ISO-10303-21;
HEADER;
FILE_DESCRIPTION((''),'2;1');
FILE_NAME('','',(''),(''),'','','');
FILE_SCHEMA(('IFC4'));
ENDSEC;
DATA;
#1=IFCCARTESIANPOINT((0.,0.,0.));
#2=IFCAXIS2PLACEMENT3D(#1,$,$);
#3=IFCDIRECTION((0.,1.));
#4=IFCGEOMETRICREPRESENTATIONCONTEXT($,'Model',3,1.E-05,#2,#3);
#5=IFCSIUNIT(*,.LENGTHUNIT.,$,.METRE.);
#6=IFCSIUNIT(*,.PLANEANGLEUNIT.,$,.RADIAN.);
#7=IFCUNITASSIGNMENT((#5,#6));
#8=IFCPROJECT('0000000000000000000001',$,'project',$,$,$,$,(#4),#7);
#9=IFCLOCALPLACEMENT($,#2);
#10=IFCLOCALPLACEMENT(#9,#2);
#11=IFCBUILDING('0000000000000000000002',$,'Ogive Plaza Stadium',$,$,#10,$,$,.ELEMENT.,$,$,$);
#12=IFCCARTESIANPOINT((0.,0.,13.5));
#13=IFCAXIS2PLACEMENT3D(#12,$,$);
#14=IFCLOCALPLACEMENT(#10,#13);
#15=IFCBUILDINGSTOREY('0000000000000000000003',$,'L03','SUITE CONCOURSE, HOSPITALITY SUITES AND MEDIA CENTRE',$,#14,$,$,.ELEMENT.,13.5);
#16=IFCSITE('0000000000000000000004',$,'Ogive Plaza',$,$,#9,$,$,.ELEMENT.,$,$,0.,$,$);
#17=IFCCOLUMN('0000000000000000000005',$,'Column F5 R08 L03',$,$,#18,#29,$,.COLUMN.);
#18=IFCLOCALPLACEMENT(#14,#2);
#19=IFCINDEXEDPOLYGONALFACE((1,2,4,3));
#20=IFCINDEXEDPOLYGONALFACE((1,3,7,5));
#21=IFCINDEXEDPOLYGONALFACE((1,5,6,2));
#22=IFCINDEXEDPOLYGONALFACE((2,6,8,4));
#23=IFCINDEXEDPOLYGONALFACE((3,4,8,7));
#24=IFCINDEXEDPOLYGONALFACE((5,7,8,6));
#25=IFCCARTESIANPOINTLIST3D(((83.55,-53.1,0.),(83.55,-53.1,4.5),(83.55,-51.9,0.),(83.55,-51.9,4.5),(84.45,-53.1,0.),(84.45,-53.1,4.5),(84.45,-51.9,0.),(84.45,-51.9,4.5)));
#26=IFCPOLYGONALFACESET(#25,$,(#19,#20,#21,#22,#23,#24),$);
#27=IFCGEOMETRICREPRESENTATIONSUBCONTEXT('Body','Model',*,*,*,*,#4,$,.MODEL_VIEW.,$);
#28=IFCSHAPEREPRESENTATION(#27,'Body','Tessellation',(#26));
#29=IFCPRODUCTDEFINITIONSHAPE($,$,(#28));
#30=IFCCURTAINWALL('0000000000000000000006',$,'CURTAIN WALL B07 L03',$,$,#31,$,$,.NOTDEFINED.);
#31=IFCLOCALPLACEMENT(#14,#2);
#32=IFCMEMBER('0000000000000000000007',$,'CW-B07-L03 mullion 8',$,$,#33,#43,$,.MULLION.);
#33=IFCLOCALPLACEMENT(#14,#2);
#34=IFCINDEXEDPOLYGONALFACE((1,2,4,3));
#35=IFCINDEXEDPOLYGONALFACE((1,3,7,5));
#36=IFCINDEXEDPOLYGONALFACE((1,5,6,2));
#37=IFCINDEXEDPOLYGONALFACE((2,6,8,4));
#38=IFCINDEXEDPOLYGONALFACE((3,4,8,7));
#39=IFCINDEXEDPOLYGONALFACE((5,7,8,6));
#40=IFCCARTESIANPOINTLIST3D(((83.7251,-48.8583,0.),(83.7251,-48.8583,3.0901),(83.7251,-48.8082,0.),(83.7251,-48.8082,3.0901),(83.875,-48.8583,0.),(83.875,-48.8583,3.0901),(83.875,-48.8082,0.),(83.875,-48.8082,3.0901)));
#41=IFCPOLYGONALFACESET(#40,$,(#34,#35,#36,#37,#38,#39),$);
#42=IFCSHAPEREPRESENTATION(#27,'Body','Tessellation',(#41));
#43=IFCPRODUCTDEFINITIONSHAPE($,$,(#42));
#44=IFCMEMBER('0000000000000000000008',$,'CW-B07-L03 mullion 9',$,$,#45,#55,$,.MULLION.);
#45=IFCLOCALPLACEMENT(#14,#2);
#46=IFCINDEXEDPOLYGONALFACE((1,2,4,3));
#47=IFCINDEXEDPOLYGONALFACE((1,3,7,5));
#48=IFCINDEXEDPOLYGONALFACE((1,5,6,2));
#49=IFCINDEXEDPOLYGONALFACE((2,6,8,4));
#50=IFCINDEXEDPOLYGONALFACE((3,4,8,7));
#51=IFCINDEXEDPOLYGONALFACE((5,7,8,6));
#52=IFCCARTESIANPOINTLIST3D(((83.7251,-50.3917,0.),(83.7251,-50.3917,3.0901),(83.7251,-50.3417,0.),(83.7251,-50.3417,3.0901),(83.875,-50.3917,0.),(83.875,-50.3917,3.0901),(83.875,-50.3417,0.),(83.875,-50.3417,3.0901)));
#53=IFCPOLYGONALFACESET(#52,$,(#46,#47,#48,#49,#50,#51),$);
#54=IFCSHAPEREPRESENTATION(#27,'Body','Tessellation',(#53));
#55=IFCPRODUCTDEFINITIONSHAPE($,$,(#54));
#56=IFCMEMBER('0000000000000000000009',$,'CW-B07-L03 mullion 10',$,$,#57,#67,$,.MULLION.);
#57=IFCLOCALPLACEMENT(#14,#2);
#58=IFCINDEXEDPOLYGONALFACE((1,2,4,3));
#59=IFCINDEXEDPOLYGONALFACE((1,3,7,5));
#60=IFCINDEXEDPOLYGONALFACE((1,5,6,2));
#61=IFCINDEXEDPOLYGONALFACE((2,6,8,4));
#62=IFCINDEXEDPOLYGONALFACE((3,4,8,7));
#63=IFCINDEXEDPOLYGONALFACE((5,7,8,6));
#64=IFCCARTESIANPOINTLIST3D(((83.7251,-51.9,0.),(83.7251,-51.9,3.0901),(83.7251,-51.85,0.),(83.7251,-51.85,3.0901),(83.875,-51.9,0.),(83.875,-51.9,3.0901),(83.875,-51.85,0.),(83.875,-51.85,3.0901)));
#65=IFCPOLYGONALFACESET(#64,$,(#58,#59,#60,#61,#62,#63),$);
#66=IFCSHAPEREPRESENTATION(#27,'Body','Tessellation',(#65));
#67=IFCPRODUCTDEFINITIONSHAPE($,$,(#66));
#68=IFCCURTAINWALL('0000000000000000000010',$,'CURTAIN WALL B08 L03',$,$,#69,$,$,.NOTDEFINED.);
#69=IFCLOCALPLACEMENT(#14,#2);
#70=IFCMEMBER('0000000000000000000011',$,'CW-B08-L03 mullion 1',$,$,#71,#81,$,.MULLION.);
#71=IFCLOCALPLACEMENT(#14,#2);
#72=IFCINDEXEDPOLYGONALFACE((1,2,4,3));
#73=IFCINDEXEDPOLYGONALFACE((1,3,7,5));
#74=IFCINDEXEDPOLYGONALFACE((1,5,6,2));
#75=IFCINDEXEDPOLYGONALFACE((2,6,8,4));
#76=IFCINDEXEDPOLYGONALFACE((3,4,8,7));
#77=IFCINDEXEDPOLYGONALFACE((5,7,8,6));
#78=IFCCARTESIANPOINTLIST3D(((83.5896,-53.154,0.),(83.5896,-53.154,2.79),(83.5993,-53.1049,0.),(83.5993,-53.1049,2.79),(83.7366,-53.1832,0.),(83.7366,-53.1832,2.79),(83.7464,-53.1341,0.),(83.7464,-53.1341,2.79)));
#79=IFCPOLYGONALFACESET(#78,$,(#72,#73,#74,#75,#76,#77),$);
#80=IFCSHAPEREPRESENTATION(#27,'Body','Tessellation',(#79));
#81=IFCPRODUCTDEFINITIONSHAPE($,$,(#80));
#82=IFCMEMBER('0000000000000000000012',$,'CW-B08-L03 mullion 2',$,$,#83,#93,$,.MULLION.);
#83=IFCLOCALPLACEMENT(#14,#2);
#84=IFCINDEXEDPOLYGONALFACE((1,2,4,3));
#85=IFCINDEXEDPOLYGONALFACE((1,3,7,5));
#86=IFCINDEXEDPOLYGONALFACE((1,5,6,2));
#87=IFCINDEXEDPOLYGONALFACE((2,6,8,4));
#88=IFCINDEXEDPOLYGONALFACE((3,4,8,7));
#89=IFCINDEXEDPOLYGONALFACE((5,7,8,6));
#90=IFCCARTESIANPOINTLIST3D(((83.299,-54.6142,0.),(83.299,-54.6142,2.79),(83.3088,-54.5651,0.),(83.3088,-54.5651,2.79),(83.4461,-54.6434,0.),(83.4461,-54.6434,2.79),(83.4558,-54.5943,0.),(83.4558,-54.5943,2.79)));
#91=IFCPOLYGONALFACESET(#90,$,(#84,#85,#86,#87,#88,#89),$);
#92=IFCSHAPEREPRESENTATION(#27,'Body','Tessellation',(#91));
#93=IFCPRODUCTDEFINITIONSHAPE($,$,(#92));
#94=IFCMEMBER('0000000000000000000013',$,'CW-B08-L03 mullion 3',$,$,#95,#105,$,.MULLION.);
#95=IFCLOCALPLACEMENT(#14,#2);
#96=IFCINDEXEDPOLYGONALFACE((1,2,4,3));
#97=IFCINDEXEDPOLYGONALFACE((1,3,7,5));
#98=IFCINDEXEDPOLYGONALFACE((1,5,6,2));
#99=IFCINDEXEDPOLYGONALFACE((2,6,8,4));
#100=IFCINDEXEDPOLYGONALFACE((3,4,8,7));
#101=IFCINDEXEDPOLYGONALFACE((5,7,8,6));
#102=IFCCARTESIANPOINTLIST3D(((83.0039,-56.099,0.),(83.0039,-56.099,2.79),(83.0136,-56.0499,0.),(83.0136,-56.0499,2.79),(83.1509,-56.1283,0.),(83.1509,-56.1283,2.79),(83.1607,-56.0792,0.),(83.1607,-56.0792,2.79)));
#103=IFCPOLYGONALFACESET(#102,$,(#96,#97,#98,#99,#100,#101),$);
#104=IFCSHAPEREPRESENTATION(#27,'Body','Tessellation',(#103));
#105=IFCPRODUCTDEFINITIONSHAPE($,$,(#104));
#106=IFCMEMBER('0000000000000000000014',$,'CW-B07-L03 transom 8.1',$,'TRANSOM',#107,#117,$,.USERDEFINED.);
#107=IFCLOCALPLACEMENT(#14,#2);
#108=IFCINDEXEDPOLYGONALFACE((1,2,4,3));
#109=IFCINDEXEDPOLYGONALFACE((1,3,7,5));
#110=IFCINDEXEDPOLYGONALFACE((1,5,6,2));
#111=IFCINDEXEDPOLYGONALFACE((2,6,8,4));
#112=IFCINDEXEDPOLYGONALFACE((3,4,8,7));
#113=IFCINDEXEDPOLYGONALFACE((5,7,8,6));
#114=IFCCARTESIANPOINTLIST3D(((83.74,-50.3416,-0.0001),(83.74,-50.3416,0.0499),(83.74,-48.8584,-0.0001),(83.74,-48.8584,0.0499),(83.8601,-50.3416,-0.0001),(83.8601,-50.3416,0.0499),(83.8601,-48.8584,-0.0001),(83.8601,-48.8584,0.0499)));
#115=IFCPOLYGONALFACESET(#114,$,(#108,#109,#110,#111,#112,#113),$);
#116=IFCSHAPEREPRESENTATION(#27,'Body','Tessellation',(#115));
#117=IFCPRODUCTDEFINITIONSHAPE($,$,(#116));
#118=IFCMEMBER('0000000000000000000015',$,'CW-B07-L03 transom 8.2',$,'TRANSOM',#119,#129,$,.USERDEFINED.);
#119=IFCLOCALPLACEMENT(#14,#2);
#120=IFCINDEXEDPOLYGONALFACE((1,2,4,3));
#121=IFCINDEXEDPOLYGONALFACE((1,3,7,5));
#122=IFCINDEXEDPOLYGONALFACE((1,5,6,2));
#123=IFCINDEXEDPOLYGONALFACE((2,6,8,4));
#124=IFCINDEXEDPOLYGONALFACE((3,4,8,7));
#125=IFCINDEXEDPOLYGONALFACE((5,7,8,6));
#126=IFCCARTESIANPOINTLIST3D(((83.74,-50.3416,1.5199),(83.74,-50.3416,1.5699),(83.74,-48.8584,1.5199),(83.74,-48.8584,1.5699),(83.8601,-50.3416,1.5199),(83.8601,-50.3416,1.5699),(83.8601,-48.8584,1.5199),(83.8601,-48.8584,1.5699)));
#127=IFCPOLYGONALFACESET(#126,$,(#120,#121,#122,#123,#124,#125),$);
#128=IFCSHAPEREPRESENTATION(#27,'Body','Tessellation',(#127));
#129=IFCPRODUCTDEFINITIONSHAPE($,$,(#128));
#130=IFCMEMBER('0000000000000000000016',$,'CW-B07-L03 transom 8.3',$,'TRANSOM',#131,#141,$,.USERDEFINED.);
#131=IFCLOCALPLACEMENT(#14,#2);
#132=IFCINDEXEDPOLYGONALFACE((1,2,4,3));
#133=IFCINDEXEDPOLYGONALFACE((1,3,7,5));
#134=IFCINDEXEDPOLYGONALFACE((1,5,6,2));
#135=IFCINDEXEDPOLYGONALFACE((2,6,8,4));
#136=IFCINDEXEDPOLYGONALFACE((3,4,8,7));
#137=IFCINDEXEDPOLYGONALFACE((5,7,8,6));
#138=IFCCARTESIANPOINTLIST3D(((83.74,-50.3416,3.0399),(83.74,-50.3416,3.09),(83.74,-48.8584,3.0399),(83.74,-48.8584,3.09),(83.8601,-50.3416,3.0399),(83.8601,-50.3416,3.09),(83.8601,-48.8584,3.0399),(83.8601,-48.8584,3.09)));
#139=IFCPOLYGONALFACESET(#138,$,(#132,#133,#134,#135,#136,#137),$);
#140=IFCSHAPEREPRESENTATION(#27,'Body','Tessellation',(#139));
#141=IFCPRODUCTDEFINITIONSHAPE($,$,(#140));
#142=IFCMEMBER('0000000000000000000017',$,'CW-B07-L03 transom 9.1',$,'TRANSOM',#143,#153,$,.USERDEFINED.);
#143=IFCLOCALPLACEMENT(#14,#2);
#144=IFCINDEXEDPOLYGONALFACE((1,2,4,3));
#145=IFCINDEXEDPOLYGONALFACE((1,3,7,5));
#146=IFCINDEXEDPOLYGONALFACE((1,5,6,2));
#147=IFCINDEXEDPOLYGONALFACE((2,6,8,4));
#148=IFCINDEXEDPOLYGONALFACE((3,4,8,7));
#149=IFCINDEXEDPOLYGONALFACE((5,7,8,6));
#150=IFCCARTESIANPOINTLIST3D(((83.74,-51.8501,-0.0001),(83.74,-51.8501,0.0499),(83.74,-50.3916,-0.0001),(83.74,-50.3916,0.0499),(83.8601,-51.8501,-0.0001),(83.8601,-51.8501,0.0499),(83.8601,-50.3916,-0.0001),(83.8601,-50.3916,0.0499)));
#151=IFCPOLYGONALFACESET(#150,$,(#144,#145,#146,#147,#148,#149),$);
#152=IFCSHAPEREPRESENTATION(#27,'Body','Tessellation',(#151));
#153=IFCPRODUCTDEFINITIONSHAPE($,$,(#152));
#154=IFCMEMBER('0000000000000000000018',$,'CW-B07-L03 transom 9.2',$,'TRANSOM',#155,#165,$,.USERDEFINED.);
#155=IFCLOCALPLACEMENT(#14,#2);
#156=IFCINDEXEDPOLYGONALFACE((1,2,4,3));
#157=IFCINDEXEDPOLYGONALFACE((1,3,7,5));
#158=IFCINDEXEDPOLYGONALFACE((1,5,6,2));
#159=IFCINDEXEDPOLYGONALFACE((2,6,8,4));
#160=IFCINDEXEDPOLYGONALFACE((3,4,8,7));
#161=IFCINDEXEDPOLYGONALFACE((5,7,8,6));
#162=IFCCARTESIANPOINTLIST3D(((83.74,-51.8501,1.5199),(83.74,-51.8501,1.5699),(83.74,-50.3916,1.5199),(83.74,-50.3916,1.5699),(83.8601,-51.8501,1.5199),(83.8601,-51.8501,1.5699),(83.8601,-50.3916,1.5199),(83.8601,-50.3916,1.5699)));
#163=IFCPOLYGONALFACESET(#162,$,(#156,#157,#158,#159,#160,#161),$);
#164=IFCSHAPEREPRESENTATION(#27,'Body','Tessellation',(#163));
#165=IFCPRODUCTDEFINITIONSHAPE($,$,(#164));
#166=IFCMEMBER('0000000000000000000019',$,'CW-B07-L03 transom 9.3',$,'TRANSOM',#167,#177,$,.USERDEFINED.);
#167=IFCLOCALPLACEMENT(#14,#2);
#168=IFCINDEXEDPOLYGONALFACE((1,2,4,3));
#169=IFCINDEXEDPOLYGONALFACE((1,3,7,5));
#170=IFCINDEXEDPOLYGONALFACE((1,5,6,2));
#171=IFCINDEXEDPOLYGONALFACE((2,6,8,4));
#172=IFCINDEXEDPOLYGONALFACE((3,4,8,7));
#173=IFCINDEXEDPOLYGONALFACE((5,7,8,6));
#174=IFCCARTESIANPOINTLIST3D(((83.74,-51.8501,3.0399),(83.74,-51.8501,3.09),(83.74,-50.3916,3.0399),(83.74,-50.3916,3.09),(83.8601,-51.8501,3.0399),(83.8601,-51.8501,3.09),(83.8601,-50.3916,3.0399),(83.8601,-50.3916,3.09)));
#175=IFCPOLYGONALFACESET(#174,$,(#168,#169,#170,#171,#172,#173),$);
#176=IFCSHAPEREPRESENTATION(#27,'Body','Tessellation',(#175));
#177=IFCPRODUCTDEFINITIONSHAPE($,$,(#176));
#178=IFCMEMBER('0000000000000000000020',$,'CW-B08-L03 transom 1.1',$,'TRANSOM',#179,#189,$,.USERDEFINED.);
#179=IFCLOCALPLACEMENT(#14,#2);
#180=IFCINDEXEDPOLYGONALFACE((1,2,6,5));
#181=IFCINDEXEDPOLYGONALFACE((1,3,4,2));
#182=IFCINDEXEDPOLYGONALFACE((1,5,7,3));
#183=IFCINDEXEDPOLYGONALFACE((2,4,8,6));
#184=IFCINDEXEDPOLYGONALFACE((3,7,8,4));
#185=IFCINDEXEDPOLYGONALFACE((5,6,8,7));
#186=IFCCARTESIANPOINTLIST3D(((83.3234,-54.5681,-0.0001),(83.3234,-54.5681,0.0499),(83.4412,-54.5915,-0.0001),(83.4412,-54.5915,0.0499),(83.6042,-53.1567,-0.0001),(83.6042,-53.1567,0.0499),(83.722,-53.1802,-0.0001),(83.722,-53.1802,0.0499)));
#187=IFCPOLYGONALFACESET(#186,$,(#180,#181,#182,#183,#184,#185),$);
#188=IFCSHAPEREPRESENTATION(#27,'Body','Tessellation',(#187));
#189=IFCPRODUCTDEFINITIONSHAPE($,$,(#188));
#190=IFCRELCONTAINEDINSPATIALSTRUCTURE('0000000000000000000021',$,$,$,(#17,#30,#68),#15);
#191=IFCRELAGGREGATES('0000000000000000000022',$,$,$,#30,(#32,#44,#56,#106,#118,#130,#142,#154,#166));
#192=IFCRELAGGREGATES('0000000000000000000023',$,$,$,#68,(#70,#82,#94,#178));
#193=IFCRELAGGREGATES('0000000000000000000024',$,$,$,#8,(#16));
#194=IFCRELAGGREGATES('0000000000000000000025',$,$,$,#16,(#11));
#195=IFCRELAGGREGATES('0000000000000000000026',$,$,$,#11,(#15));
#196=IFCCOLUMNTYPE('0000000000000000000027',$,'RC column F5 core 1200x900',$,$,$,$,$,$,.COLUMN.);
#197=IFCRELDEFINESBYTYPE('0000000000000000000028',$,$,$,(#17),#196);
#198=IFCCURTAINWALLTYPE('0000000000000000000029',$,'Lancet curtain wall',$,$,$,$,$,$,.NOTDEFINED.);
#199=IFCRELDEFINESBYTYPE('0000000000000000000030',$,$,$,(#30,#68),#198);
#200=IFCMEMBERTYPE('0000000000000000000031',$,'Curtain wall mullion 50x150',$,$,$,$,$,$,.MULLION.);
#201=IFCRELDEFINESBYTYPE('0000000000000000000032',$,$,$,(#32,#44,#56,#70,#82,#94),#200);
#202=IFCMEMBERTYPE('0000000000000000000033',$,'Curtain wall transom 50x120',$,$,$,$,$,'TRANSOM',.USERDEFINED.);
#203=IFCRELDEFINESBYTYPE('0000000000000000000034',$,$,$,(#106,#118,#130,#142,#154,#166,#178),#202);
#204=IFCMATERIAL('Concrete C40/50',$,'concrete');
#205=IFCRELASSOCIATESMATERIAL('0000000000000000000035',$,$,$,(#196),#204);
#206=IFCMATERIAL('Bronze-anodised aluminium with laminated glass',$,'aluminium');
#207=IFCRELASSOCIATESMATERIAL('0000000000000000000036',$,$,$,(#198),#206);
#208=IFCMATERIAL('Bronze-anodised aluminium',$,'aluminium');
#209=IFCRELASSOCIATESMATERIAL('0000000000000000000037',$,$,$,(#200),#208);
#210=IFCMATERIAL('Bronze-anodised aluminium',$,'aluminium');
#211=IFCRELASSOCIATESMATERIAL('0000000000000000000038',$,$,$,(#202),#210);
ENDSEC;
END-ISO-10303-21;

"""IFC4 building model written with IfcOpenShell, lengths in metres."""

from ifc_helpers import new_model, si_unit, direction, frame, origin, origin_2d, place, context, subcontext, project, spatial, rectangle, extrude, material, material_profile, profile_set, type_object, element, aggregate, save


model = new_model("IFC4")

# Units and contexts
model_context = context("Model", 3, precision=1e-05, world=origin(), true_north=direction((0.0, 1.0)))
body_context = subcontext(model_context, "Body", "Model", "MODEL_VIEW")
ifc_project = project(units=[si_unit("LENGTHUNIT", "METRE"), si_unit("PLANEANGLEUNIT", "RADIAN")], contexts=[model_context])

# Site, building, storey
site_placement = place(None, origin())
site = spatial("IfcSite", under=ifc_project, at=site_placement, Name="Ogive Plaza", CompositionType="ELEMENT", RefElevation=0.0)
building_placement = place(site_placement, origin())
building = spatial("IfcBuilding", under=site, at=building_placement, Name="Ogive Plaza Stadium", CompositionType="ELEMENT")
storey_placement = place(building_placement, frame((0.0, 0.0, 13.5)))
storey = spatial("IfcBuildingStorey", under=building, at=storey_placement, Name="L03", Description="SUITE CONCOURSE, HOSPITALITY SUITES AND MEDIA CENTRE", CompositionType="ELEMENT", Elevation=13.5)

# Column
ifc_material_1 = material(Name="Concrete C40/50", Category="concrete")
ifc_material_profile_1 = material_profile(ifc_material_1, rectangle(XDim=1.2, YDim=0.8999, at=origin_2d()), Name="RC 1200x900")
ifc_profile_set_1 = profile_set([ifc_material_profile_1], Name="Concrete C40/50")
column_type = type_object("IfcColumnType", Name="RC column F5 core 1200x900", PredefinedType="COLUMN", material=ifc_profile_set_1)
column_placement = place(storey_placement, frame((84.0, -52.5, 0.0), z_axis=(0.0, 0.0, 1.0), x_axis=(0.0, 1.0, 0.0)))
element("IfcColumn", 1, at=column_placement, inside=storey, type_object=column_type, Name="Column F5 R08 L03", PredefinedType="COLUMN", context=body_context, shape_type="SweptSolid", body=[
    extrude(rectangle(XDim=1.2, YDim=0.8999, at=origin_2d()), origin(), (0.0, 0.0, 1.0), 4.5),
])

# Curtain walls, members
ifc_material_2 = material(Name="Bronze-anodised aluminium with laminated glass", Category="aluminium")
curtain_wall_type = type_object("IfcCurtainWallType", Name="Lancet curtain wall", PredefinedType="NOTDEFINED", material=ifc_material_2)
curtain_wall_1_placement = place(storey_placement, origin())
curtain_wall_1 = element("IfcCurtainWall", 2, at=curtain_wall_1_placement, inside=storey, type_object=curtain_wall_type, Name="CURTAIN WALL B07 L03", PredefinedType="NOTDEFINED")
ifc_material_3 = material(Name="Bronze-anodised aluminium", Category="aluminium")
ifc_material_profile_2 = material_profile(ifc_material_3, rectangle(XDim=0.1499, YDim=0.05, at=origin_2d()), Name="AL 150x50")
ifc_profile_set_2 = profile_set([ifc_material_profile_2], Name="Bronze-anodised aluminium")
member_type_1 = type_object("IfcMemberType", Name="Curtain wall mullion 50x150", PredefinedType="MULLION", material=ifc_profile_set_2)
member_1_placement = place(storey_placement, frame((83.8, -48.8333, 0.0), z_axis=(0.0, 0.0, 1.0), x_axis=(1.0, 0.0, 0.0)))
member_1 = element("IfcMember", 3, at=member_1_placement, type_object=member_type_1, Name="CW-B07-L03 mullion 8", PredefinedType="MULLION", context=body_context, shape_type="SweptSolid", body=[
    extrude(rectangle(XDim=0.1499, YDim=0.05, at=origin_2d()), origin(), (0.0, 0.0, 1.0), 3.0901),
])
member_2_placement = place(storey_placement, frame((83.8, -50.3667, 0.0), z_axis=(0.0, 0.0, 1.0), x_axis=(1.0, 0.0, 0.0)))
member_2 = element("IfcMember", 4, at=member_2_placement, type_object=member_type_1, Name="CW-B07-L03 mullion 9", PredefinedType="MULLION", context=body_context, shape_type="SweptSolid", body=[
    extrude(rectangle(XDim=0.1499, YDim=0.05, at=origin_2d()), origin(), (0.0, 0.0, 1.0), 3.0901),
])
member_3_placement = place(storey_placement, frame((83.8, -51.875, 0.0), z_axis=(0.0, 0.0, 1.0), x_axis=(1.0, 0.0, 0.0)))
member_3 = element("IfcMember", 5, at=member_3_placement, type_object=member_type_1, Name="CW-B07-L03 mullion 10", PredefinedType="MULLION", context=body_context, shape_type="SweptSolid", body=[
    extrude(rectangle(XDim=0.1499, YDim=0.05, at=origin_2d()), origin(), (0.0, 0.0, 1.0), 3.0901),
])
curtain_wall_2_placement = place(storey_placement, origin())
curtain_wall_2 = element("IfcCurtainWall", 6, at=curtain_wall_2_placement, inside=storey, type_object=curtain_wall_type, Name="CURTAIN WALL B08 L03", PredefinedType="NOTDEFINED")
member_4_placement = place(storey_placement, frame((83.668, -53.144, 0.0), z_axis=(0.0, 0.0, 1.0), x_axis=(0.980785, -0.19509, 0.0)))
member_4 = element("IfcMember", 7, at=member_4_placement, type_object=member_type_1, Name="CW-B08-L03 mullion 1", PredefinedType="MULLION", context=body_context, shape_type="SweptSolid", body=[
    extrude(rectangle(XDim=0.1499, YDim=0.05, at=origin_2d()), origin(), (0.0, 0.0, 1.0), 2.79),
])
member_5_placement = place(storey_placement, frame((83.3774, -54.6042, 0.0), z_axis=(0.0, 0.0, 1.0), x_axis=(0.980785, -0.19509, 0.0)))
member_5 = element("IfcMember", 8, at=member_5_placement, type_object=member_type_1, Name="CW-B08-L03 mullion 2", PredefinedType="MULLION", context=body_context, shape_type="SweptSolid", body=[
    extrude(rectangle(XDim=0.1499, YDim=0.05, at=origin_2d()), origin(), (0.0, 0.0, 1.0), 2.79),
])
member_6_placement = place(storey_placement, frame((83.0823, -56.0891, 0.0), z_axis=(0.0, 0.0, 1.0), x_axis=(0.980785, -0.19509, 0.0)))
member_6 = element("IfcMember", 9, at=member_6_placement, type_object=member_type_1, Name="CW-B08-L03 mullion 3", PredefinedType="MULLION", context=body_context, shape_type="SweptSolid", body=[
    extrude(rectangle(XDim=0.1499, YDim=0.05, at=origin_2d()), origin(), (0.0, 0.0, 1.0), 2.79),
])

# Members
ifc_material_4 = material(Name="Bronze-anodised aluminium", Category="aluminium")
ifc_material_profile_3 = material_profile(ifc_material_4, rectangle(XDim=0.1201, YDim=0.05, at=origin_2d()), Name="AL 120x50")
ifc_profile_set_3 = profile_set([ifc_material_profile_3], Name="Bronze-anodised aluminium")
member_type_2 = type_object("IfcMemberType", Name="Curtain wall transom 50x120", ElementType="TRANSOM", PredefinedType="USERDEFINED", material=ifc_profile_set_3)
member_7_placement = place(storey_placement, frame((83.8, -48.8584, 0.0249), z_axis=(0.0, -1.0, 0.0), x_axis=(1.0, 0.0, 0.0)))
member_7 = element("IfcMember", 10, at=member_7_placement, type_object=member_type_2, Name="CW-B07-L03 transom 8.1", ObjectType="TRANSOM", PredefinedType="USERDEFINED", context=body_context, shape_type="SweptSolid", body=[
    extrude(rectangle(XDim=0.1201, YDim=0.05, at=origin_2d()), origin(), (0.0, 0.0, 1.0), 1.4832),
])
member_8_placement = place(storey_placement, frame((83.8, -48.8584, 1.5449), z_axis=(0.0, -1.0, 0.0), x_axis=(1.0, 0.0, 0.0)))
member_8 = element("IfcMember", 11, at=member_8_placement, type_object=member_type_2, Name="CW-B07-L03 transom 8.2", ObjectType="TRANSOM", PredefinedType="USERDEFINED", context=body_context, shape_type="SweptSolid", body=[
    extrude(rectangle(XDim=0.1201, YDim=0.05, at=origin_2d()), origin(), (0.0, 0.0, 1.0), 1.4832),
])
member_9_placement = place(storey_placement, frame((83.8, -48.8584, 3.0649), z_axis=(0.0, -1.0, 0.0), x_axis=(1.0, 0.0, 0.0)))
member_9 = element("IfcMember", 12, at=member_9_placement, type_object=member_type_2, Name="CW-B07-L03 transom 8.3", ObjectType="TRANSOM", PredefinedType="USERDEFINED", context=body_context, shape_type="SweptSolid", body=[
    extrude(rectangle(XDim=0.1201, YDim=0.05, at=origin_2d()), origin(), (0.0, 0.0, 1.0), 1.4832),
])
member_10_placement = place(storey_placement, frame((83.8, -50.3916, 0.0249), z_axis=(0.0, -1.0, 0.0), x_axis=(1.0, 0.0, 0.0)))
member_10 = element("IfcMember", 13, at=member_10_placement, type_object=member_type_2, Name="CW-B07-L03 transom 9.1", ObjectType="TRANSOM", PredefinedType="USERDEFINED", context=body_context, shape_type="SweptSolid", body=[
    extrude(rectangle(XDim=0.1201, YDim=0.05, at=origin_2d()), origin(), (0.0, 0.0, 1.0), 1.4585),
])
member_11_placement = place(storey_placement, frame((83.8, -50.3916, 1.5449), z_axis=(0.0, -1.0, 0.0), x_axis=(1.0, 0.0, 0.0)))
member_11 = element("IfcMember", 14, at=member_11_placement, type_object=member_type_2, Name="CW-B07-L03 transom 9.2", ObjectType="TRANSOM", PredefinedType="USERDEFINED", context=body_context, shape_type="SweptSolid", body=[
    extrude(rectangle(XDim=0.1201, YDim=0.05, at=origin_2d()), origin(), (0.0, 0.0, 1.0), 1.4585),
])
member_12_placement = place(storey_placement, frame((83.8, -50.3916, 3.0649), z_axis=(0.0, -1.0, 0.0), x_axis=(1.0, 0.0, 0.0)))
member_12 = element("IfcMember", 15, at=member_12_placement, type_object=member_type_2, Name="CW-B07-L03 transom 9.3", ObjectType="TRANSOM", PredefinedType="USERDEFINED", context=body_context, shape_type="SweptSolid", body=[
    extrude(rectangle(XDim=0.1201, YDim=0.05, at=origin_2d()), origin(), (0.0, 0.0, 1.0), 1.4585),
])
member_13_placement = place(storey_placement, frame((83.6631, -53.1685, 0.0249), z_axis=(-0.195105, -0.980782, 0.0), x_axis=(0.980782, -0.195105, 0.0)))
member_13 = element("IfcMember", 16, at=member_13_placement, type_object=member_type_2, Name="CW-B08-L03 transom 1.1", ObjectType="TRANSOM", PredefinedType="USERDEFINED", context=body_context, shape_type="SweptSolid", body=[
    extrude(rectangle(XDim=0.1201, YDim=0.05, at=origin_2d()), origin(), (0.0, 0.0, 1.0), 1.439),
])

aggregate(curtain_wall_1, [member_1, member_2, member_3, member_7, member_8, member_9, member_10, member_11, member_12])
aggregate(curtain_wall_2, [member_4, member_5, member_6, member_13])

save(model, "model.ifc")
